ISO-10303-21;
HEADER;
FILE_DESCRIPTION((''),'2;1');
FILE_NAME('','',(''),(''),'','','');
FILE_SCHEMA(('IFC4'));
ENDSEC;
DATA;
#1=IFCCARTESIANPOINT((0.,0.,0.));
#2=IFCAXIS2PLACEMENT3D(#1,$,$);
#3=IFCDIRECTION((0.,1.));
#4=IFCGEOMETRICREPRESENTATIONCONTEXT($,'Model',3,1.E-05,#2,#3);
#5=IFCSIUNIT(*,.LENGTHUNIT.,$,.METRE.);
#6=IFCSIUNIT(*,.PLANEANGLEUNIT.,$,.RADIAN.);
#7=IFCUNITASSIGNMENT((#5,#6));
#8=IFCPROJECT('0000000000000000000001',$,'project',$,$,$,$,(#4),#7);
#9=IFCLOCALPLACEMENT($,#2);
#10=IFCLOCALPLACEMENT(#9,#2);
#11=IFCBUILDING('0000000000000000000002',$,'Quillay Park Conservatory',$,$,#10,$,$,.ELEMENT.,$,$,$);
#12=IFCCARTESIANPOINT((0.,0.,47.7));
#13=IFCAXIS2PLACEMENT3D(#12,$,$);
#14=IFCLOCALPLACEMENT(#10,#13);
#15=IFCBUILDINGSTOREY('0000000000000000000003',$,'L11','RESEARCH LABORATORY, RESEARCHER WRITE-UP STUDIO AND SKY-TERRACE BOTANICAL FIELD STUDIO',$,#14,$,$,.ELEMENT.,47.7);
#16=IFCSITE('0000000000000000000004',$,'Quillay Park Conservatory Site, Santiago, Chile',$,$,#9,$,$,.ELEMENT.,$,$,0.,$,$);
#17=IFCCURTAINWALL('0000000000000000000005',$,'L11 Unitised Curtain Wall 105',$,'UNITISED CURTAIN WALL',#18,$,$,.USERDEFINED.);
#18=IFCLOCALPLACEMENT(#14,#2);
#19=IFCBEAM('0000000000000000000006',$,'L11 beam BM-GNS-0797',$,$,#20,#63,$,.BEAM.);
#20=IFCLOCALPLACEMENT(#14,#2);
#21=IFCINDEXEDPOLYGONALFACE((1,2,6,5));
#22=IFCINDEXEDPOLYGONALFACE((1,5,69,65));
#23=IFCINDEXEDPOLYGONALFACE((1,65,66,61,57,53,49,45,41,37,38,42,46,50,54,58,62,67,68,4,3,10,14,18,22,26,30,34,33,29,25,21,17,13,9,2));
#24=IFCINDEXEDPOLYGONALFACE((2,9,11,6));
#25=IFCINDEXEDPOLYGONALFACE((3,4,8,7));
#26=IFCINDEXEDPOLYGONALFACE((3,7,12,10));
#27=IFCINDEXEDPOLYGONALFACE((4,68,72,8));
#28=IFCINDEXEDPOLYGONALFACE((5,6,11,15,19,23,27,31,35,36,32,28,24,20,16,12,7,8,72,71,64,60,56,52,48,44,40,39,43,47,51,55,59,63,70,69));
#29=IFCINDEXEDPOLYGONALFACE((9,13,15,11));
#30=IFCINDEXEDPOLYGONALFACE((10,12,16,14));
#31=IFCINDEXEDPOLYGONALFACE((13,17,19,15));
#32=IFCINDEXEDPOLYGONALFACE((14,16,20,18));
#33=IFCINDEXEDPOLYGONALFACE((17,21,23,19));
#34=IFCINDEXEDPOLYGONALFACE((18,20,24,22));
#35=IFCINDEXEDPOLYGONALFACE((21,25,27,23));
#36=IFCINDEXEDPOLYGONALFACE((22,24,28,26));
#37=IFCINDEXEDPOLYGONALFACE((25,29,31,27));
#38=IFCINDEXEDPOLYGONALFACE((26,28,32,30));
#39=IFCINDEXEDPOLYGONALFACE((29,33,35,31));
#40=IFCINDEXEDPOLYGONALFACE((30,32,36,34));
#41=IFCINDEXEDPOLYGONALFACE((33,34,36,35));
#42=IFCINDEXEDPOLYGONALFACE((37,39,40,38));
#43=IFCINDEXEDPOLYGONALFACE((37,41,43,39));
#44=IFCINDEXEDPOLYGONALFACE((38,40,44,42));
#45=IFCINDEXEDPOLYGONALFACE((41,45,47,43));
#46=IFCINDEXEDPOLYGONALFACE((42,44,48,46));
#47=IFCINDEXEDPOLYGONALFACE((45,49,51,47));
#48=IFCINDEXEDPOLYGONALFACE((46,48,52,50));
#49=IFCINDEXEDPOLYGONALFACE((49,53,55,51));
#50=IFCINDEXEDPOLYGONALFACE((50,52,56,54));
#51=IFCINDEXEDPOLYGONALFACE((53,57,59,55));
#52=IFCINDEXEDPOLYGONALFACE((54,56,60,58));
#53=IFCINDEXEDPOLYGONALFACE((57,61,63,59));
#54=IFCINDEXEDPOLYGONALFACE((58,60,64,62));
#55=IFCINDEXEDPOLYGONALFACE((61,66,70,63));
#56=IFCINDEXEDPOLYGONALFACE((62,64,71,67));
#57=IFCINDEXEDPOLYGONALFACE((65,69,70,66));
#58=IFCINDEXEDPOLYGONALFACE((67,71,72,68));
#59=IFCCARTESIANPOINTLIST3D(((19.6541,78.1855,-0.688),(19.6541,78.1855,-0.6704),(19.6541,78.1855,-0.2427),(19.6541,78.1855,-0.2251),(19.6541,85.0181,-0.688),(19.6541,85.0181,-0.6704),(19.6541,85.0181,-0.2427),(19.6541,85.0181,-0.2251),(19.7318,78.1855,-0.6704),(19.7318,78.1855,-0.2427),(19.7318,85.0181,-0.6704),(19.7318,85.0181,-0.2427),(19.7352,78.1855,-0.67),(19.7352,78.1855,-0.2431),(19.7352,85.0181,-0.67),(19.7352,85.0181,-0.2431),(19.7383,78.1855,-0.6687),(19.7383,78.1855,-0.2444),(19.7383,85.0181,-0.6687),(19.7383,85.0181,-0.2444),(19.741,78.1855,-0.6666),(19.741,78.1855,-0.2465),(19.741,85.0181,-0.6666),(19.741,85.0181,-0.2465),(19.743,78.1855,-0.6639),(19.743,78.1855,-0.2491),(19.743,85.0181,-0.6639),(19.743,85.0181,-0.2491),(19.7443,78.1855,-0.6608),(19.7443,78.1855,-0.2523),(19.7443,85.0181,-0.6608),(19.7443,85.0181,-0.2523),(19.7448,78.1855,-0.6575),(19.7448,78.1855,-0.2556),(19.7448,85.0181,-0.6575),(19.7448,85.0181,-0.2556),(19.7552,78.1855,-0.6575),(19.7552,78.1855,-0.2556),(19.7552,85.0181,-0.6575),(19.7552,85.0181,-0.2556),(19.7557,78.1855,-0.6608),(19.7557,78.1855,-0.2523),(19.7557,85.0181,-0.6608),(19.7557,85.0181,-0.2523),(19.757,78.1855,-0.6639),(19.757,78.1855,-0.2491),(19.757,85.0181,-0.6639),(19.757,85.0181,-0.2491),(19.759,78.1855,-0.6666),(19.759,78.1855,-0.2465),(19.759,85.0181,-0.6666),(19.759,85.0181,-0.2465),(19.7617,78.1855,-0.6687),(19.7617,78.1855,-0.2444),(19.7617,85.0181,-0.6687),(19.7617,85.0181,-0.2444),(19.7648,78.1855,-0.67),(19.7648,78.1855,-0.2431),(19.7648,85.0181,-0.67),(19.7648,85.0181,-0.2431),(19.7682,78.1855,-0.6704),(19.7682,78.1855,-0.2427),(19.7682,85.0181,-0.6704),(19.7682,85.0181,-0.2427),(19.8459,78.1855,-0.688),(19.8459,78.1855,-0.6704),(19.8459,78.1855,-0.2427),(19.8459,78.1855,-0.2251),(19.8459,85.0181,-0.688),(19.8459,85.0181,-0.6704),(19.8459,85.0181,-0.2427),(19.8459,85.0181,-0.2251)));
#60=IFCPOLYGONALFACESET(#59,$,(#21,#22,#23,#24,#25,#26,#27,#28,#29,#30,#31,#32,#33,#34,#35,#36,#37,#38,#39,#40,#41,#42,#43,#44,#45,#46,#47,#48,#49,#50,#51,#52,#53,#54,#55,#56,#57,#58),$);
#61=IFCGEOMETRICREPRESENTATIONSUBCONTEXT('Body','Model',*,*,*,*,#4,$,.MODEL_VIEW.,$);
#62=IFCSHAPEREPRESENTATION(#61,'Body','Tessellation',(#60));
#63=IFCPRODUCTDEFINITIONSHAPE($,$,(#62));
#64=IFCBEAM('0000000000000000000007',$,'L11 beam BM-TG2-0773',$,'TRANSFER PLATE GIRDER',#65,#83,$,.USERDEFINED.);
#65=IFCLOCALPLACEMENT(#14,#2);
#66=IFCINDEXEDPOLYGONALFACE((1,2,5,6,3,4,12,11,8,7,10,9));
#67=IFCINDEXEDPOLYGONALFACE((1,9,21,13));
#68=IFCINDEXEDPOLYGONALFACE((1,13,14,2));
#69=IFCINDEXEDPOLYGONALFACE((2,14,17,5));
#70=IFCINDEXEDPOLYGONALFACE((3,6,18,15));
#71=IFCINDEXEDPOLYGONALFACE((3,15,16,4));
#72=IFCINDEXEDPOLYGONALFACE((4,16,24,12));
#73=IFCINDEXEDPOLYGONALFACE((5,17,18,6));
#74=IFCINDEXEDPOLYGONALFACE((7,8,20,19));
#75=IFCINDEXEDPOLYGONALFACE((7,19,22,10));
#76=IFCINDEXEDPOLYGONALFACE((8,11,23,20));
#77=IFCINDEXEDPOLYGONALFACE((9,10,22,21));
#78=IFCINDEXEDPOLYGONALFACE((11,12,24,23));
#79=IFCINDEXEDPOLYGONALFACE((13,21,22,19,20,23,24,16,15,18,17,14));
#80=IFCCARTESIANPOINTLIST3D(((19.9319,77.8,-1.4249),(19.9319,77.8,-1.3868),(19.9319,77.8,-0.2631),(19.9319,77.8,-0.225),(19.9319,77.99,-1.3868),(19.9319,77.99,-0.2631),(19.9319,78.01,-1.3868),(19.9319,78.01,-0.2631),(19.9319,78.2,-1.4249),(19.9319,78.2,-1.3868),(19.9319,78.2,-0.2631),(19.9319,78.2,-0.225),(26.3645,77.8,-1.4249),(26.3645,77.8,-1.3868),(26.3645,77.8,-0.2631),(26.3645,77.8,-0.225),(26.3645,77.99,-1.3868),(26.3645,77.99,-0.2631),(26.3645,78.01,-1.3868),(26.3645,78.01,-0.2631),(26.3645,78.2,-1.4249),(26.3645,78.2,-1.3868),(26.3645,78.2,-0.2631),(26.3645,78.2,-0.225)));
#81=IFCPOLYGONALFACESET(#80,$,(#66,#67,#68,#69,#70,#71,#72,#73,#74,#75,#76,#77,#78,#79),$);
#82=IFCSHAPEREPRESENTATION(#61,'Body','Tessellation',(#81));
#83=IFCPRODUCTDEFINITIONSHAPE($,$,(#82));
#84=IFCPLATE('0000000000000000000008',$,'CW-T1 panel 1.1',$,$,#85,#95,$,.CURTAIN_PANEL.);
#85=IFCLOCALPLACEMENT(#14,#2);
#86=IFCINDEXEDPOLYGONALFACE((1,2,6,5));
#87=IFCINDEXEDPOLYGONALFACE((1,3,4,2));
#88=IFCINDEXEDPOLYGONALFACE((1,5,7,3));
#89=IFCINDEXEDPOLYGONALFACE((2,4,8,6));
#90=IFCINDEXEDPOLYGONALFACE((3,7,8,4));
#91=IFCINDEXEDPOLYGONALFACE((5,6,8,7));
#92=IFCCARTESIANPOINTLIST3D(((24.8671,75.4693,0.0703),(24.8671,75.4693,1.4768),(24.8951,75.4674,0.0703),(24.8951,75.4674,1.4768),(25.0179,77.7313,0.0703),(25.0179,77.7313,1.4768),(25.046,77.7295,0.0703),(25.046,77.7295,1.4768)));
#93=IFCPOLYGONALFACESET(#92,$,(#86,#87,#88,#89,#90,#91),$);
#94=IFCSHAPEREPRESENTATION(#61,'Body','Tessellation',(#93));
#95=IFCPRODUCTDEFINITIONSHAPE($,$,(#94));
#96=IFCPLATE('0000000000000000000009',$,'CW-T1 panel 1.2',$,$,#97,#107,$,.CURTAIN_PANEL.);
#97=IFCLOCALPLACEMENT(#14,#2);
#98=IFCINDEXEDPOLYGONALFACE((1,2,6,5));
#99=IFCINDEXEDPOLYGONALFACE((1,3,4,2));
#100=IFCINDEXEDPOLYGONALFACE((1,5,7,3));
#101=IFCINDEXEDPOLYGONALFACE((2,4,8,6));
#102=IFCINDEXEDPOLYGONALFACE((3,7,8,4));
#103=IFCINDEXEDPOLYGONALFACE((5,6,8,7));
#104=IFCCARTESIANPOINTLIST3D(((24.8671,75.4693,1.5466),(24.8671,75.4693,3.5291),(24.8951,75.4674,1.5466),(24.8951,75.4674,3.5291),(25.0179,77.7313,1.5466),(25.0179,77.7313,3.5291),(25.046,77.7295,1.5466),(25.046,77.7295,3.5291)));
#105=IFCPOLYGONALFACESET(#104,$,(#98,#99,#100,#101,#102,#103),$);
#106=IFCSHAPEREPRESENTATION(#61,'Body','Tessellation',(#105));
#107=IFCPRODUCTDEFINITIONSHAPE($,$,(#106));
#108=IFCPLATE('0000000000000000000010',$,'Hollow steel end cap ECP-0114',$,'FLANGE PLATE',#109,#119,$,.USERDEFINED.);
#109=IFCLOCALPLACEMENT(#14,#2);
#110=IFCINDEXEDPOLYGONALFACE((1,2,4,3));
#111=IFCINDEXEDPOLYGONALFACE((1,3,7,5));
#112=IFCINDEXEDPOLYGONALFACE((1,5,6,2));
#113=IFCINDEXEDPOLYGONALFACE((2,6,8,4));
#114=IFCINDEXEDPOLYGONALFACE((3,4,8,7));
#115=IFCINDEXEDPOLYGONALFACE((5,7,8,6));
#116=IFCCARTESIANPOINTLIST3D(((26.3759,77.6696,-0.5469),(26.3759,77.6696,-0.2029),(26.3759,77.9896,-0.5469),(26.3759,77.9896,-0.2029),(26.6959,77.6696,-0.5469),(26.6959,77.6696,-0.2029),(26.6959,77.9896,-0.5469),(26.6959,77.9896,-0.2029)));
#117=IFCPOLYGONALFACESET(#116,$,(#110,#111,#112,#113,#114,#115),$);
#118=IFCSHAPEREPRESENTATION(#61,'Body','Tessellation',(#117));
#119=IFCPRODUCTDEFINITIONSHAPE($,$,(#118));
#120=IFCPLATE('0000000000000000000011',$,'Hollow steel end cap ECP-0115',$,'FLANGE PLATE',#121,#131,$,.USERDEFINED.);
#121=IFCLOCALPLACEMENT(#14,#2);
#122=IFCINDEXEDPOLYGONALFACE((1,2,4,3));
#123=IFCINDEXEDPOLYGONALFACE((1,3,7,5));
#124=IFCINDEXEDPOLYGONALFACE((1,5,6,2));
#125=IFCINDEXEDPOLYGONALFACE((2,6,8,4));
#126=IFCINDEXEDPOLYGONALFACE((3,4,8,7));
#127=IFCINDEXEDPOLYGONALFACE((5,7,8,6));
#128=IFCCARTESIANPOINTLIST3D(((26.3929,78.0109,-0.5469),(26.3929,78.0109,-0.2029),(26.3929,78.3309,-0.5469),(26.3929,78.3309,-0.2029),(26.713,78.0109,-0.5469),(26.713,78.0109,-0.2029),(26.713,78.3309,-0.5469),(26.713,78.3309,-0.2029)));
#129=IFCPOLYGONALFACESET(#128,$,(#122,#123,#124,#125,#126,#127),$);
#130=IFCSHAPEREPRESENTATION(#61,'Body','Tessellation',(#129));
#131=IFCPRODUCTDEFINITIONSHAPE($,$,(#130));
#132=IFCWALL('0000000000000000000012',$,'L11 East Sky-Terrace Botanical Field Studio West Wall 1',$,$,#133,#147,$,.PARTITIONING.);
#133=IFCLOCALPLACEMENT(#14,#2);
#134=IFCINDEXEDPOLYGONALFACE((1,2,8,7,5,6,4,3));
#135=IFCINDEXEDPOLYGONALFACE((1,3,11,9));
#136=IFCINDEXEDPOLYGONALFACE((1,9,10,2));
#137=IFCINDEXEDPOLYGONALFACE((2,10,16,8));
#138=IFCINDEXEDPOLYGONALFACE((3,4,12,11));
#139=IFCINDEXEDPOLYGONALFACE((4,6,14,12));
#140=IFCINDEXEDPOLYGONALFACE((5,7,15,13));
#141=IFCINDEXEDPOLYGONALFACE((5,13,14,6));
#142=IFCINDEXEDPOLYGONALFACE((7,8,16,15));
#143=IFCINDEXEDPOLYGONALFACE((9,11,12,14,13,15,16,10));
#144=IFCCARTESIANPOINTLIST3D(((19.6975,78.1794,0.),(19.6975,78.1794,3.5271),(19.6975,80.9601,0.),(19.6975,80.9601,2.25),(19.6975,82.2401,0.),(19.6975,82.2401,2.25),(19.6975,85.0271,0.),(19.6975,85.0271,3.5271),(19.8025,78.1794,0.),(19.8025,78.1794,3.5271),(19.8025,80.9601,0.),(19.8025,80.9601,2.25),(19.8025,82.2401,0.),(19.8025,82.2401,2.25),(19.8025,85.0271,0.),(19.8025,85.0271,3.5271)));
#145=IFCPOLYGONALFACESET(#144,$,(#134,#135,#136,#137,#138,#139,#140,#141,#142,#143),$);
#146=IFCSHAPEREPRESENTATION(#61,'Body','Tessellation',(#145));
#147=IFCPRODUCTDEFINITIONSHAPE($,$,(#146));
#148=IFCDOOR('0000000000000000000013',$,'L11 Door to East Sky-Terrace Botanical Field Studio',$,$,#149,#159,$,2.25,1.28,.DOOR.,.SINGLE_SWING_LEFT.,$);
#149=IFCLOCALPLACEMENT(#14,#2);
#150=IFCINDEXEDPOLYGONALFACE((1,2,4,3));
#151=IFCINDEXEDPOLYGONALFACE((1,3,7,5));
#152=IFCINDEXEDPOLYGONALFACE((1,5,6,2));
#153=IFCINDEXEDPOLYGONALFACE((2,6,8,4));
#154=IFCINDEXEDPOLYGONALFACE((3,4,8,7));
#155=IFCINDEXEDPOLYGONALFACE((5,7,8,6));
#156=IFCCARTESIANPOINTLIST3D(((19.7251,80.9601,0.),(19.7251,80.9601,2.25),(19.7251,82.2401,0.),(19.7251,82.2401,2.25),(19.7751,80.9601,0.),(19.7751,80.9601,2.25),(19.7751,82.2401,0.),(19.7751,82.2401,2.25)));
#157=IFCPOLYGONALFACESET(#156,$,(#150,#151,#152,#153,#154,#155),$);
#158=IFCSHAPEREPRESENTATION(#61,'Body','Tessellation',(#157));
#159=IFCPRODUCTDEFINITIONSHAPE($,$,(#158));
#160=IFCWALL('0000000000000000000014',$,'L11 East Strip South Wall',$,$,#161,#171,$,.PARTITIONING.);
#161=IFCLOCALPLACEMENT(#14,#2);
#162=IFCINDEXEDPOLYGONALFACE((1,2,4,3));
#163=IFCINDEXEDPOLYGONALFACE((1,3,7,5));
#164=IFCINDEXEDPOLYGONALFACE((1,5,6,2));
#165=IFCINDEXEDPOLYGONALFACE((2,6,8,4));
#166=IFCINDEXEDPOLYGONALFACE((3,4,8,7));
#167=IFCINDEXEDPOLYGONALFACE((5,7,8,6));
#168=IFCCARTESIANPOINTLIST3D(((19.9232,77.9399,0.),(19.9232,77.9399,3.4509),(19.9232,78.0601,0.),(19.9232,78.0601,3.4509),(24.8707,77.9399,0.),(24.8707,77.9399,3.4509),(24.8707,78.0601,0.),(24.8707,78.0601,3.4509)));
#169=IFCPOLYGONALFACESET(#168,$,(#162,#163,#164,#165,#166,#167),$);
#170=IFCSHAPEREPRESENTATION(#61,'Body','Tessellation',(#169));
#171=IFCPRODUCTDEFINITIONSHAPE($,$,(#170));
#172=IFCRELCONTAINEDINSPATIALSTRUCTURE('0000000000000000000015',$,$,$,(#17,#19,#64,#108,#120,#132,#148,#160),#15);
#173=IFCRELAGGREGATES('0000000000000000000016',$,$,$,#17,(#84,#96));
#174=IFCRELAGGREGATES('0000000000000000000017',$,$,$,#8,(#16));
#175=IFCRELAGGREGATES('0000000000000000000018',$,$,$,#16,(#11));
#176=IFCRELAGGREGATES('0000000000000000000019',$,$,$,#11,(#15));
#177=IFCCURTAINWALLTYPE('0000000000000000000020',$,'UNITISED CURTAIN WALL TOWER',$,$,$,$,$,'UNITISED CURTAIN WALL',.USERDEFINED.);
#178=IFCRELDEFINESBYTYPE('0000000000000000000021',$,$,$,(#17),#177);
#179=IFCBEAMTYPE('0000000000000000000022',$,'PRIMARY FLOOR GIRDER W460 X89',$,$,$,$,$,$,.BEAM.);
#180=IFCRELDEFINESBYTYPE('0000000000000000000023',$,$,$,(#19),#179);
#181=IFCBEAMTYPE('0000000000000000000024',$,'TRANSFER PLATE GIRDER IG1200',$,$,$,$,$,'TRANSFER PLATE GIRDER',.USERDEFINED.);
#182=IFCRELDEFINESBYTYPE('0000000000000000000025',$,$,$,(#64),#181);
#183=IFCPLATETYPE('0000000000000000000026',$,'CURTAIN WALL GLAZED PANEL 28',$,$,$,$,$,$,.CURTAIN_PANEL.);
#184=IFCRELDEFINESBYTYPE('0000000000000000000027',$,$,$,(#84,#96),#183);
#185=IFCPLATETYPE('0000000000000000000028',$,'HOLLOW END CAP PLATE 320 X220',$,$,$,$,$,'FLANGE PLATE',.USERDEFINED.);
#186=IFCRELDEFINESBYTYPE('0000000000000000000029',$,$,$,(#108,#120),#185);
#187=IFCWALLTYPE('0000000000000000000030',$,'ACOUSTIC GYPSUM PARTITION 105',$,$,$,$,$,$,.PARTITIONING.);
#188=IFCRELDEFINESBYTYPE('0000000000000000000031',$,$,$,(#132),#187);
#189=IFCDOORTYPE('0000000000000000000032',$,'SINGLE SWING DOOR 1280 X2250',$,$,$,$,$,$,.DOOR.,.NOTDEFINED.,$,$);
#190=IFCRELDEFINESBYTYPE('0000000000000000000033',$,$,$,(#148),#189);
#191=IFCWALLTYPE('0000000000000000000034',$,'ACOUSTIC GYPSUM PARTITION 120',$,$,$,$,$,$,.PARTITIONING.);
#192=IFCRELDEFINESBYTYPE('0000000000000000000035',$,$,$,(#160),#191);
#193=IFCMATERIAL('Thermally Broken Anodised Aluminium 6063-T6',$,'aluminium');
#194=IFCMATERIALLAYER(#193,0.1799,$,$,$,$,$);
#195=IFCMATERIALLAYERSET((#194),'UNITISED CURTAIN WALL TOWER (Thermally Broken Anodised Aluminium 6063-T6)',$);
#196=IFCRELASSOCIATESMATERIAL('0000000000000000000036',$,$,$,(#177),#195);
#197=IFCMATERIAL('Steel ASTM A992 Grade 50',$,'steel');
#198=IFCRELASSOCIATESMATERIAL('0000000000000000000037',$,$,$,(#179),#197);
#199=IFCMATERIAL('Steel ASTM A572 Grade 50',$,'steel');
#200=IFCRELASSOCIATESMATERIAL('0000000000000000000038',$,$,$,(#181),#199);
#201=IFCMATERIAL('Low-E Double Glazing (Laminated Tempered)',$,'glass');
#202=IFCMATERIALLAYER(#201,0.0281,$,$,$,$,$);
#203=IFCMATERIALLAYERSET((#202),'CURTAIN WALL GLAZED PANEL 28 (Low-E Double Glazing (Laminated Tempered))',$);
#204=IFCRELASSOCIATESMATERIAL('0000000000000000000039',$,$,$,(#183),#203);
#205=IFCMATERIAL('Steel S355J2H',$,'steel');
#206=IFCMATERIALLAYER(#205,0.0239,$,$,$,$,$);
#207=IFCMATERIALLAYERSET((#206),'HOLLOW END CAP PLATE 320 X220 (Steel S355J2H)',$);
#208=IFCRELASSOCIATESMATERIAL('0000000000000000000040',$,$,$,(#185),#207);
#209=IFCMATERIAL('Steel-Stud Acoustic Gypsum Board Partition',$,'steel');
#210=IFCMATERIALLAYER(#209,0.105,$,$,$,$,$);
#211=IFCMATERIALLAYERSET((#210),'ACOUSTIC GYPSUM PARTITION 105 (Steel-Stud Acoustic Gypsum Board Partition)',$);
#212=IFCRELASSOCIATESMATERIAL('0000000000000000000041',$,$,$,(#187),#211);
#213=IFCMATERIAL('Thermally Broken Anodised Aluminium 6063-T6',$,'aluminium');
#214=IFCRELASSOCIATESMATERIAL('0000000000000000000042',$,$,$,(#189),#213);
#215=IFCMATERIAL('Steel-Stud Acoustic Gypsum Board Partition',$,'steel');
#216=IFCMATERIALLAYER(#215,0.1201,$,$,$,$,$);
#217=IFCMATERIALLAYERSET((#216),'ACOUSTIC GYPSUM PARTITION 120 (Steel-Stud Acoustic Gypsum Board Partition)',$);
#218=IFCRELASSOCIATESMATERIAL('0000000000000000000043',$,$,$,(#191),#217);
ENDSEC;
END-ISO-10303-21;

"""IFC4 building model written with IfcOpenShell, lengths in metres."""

from ifc_helpers import new_model, si_unit, direction, frame, frame_2d, origin, origin_2d, place, context, subcontext, project, spatial, rectangle, i_section, extrude, material, layer, layer_set, material_profile, profile_set, type_object, element, fill, aggregate, save


model = new_model("IFC4")

# Units and contexts
model_context = context("Model", 3, precision=1e-05, world=origin(), true_north=direction((0.0, 1.0)))
body_context = subcontext(model_context, "Body", "Model", "MODEL_VIEW")
ifc_project = project(units=[si_unit("LENGTHUNIT", "METRE"), si_unit("PLANEANGLEUNIT", "RADIAN")], contexts=[model_context])

# Site, building, storey
site_placement = place(None, origin())
site = spatial("IfcSite", under=ifc_project, at=site_placement, Name="Quillay Park Conservatory Site, Santiago, Chile", CompositionType="ELEMENT", RefElevation=0.0)
building_placement = place(site_placement, origin())
building = spatial("IfcBuilding", under=site, at=building_placement, Name="Quillay Park Conservatory", CompositionType="ELEMENT")
storey_placement = place(building_placement, frame((0.0, 0.0, 47.7)))
storey = spatial("IfcBuildingStorey", under=building, at=storey_placement, Name="L11", Description="RESEARCH LABORATORY, RESEARCHER WRITE-UP STUDIO AND SKY-TERRACE BOTANICAL FIELD STUDIO", CompositionType="ELEMENT", Elevation=47.7)

# Curtain wall
ifc_material_1 = material(Name="Thermally Broken Anodised Aluminium 6063-T6", Category="aluminium")
ifc_layer_1 = layer(ifc_material_1, 0.1799)
ifc_layer_set_1 = layer_set([ifc_layer_1], Name="UNITISED CURTAIN WALL TOWER (Thermally Broken Anodised Aluminium 6063-T6)")
curtain_wall_type = type_object("IfcCurtainWallType", Name="UNITISED CURTAIN WALL TOWER", ElementType="UNITISED CURTAIN WALL", PredefinedType="USERDEFINED", material=ifc_layer_set_1)
curtain_wall_placement = place(storey_placement, origin())
curtain_wall = element("IfcCurtainWall", 1, at=curtain_wall_placement, inside=storey, type_object=curtain_wall_type, Name="L11 Unitised Curtain Wall 105", ObjectType="UNITISED CURTAIN WALL", PredefinedType="USERDEFINED")

# Beams
ifc_material_2 = material(Name="Steel ASTM A992 Grade 50", Category="steel")
ifc_material_profile_1 = material_profile(ifc_material_2, i_section(OverallWidth=0.1919, OverallDepth=0.4629, WebThickness=0.0105, FlangeThickness=0.0176, FilletRadius=0.0129, at=origin_2d()), Name="W460x89")
ifc_profile_set_1 = profile_set([ifc_material_profile_1], Name="Steel ASTM A992 Grade 50")
beam_type_1 = type_object("IfcBeamType", Name="PRIMARY FLOOR GIRDER W460 X89", PredefinedType="BEAM", material=ifc_profile_set_1)
beam_1_placement = place(storey_placement, frame((19.75, 78.1855, -0.4565), z_axis=(0.0, 1.0, 0.0), x_axis=(-1.0, 0.0, 0.0)))
element("IfcBeam", 2, at=beam_1_placement, inside=storey, type_object=beam_type_1, Name="L11 beam BM-GNS-0797", PredefinedType="BEAM", context=body_context, shape_type="SweptSolid", body=[
    extrude(i_section(OverallWidth=0.1919, OverallDepth=0.4629, WebThickness=0.0105, FlangeThickness=0.0176, FilletRadius=0.0129, at=origin_2d()), origin(), (0.0, 0.0, 1.0), 6.8325),
])
ifc_material_3 = material(Name="Steel ASTM A572 Grade 50", Category="steel")
ifc_material_profile_2 = material_profile(ifc_material_3, i_section(OverallWidth=0.3999, OverallDepth=1.2, WebThickness=0.02, FlangeThickness=0.0381, at=origin_2d()), Name="IG1200x400")
ifc_profile_set_2 = profile_set([ifc_material_profile_2], Name="Steel ASTM A572 Grade 50")
beam_type_2 = type_object("IfcBeamType", Name="TRANSFER PLATE GIRDER IG1200", ElementType="TRANSFER PLATE GIRDER", PredefinedType="USERDEFINED", material=ifc_profile_set_2)
beam_2_placement = place(storey_placement, frame((19.9319, 78.0, -0.825), z_axis=(1.0, 0.0, 0.0), x_axis=(0.0, 1.0, 0.0)))
element("IfcBeam", 3, at=beam_2_placement, inside=storey, type_object=beam_type_2, Name="L11 beam BM-TG2-0773", ObjectType="TRANSFER PLATE GIRDER", PredefinedType="USERDEFINED", context=body_context, shape_type="SweptSolid", body=[
    extrude(i_section(OverallWidth=0.3999, OverallDepth=1.2, WebThickness=0.02, FlangeThickness=0.0381, at=origin_2d()), origin(), (0.0, 0.0, 1.0), 6.4326),
])

# Plates
ifc_material_4 = material(Name="Low-E Double Glazing (Laminated Tempered)", Category="glass")
ifc_layer_2 = layer(ifc_material_4, 0.0281)
ifc_layer_set_2 = layer_set([ifc_layer_2], Name="CURTAIN WALL GLAZED PANEL 28 (Low-E Double Glazing (Laminated Tempered))")
plate_type_1 = type_object("IfcPlateType", Name="CURTAIN WALL GLAZED PANEL 28", PredefinedType="CURTAIN_PANEL", material=ifc_layer_set_2)
plate_1_placement = place(storey_placement, frame((24.9565, 76.5994, 0.0703), z_axis=(0.0, 0.0, 1.0), x_axis=(-0.066521, -0.997785, 0.0)))
plate_1 = element("IfcPlate", 4, at=plate_1_placement, type_object=plate_type_1, Name="CW-T1 panel 1.1", PredefinedType="CURTAIN_PANEL", context=body_context, shape_type="SweptSolid", body=[
    extrude(rectangle(XDim=2.2671, YDim=0.0281, at=origin_2d()), origin(), (0.0, 0.0, 1.0), 1.4065),
])
plate_2_placement = place(storey_placement, frame((24.9565, 76.5994, 1.5466), z_axis=(0.0, 0.0, 1.0), x_axis=(-0.066521, -0.997785, 0.0)))
plate_2 = element("IfcPlate", 5, at=plate_2_placement, type_object=plate_type_1, Name="CW-T1 panel 1.2", PredefinedType="CURTAIN_PANEL", context=body_context, shape_type="SweptSolid", body=[
    extrude(rectangle(XDim=2.2671, YDim=0.0281, at=origin_2d()), origin(), (0.0, 0.0, 1.0), 1.9824),
])
aggregate(curtain_wall, [plate_1, plate_2])

# Plates
ifc_material_5 = material(Name="Steel S355J2H", Category="steel")
ifc_layer_3 = layer(ifc_material_5, 0.0239)
ifc_layer_set_3 = layer_set([ifc_layer_3], Name="HOLLOW END CAP PLATE 320 X220 (Steel S355J2H)")
plate_type_2 = type_object("IfcPlateType", Name="HOLLOW END CAP PLATE 320 X220", ElementType="FLANGE PLATE", PredefinedType="USERDEFINED", material=ifc_layer_set_3)
for number, where, z_axis, x_axis, name in (
    (6, (26.5359, 77.8296, -0.5469), (0.0, 0.0, 1.0), (1.0, 0.0, 0.0), "Hollow steel end cap ECP-0114"),
    (7, (26.553, 78.1709, -0.5469), (0.0, 0.0, 1.0), (1.0, 0.0, 0.0), "Hollow steel end cap ECP-0115"),
):
    element("IfcPlate", number, at=place(storey_placement, frame(where, z_axis=z_axis, x_axis=x_axis)), inside=storey, type_object=plate_type_2, Name=name, ObjectType="FLANGE PLATE", PredefinedType="USERDEFINED", context=body_context, shape_type="SweptSolid", body=[
        extrude(rectangle(XDim=0.3201, YDim=0.3201, at=origin_2d()), origin(), (0.0, 0.0, 1.0), 0.344),
    ])

# Wall, opening, door
ifc_material_6 = material(Name="Steel-Stud Acoustic Gypsum Board Partition", Category="steel")
ifc_layer_4 = layer(ifc_material_6, 0.105)
ifc_layer_set_4 = layer_set([ifc_layer_4], Name="ACOUSTIC GYPSUM PARTITION 105 (Steel-Stud Acoustic Gypsum Board Partition)")
wall_type_1 = type_object("IfcWallType", Name="ACOUSTIC GYPSUM PARTITION 105", PredefinedType="PARTITIONING", material=ifc_layer_set_4)
wall_1_placement = place(storey_placement, frame((19.75, 78.1794, 0.0), z_axis=(0.0, 0.0, 1.0), x_axis=(0.0, 1.0, 0.0)))
wall_1 = element("IfcWall", 8, at=wall_1_placement, inside=storey, type_object=wall_type_1, Name="L11 East Sky-Terrace Botanical Field Studio West Wall 1", PredefinedType="PARTITIONING", context=body_context, shape_type="SweptSolid", body=[
    extrude(rectangle(XDim=6.8477, YDim=0.105, at=frame_2d((3.4238, 0.0))), origin(), (0.0, 0.0, 1.0), 3.5271),
])
opening_placement = place(wall_1_placement, frame((2.7805, 0.0, 0.0)))
opening = element("IfcOpeningElement", 9, at=opening_placement, cuts=wall_1, PredefinedType="OPENING", context=body_context, shape_type="SweptSolid", body=[
    extrude(rectangle(XDim=1.28, YDim=2.25, at=frame_2d((0.6401, 1.125))), frame((0.0, 0.0525, 0.0), z_axis=(0.0, -1.0, 0.0), x_axis=(1.0, 0.0, 0.0)), (0.0, 0.0, 1.0), 0.105),
])
ifc_material_7 = material(Name="Thermally Broken Anodised Aluminium 6063-T6", Category="aluminium")
door_type = type_object("IfcDoorType", Name="SINGLE SWING DOOR 1280 X2250", OperationType="NOTDEFINED", PredefinedType="DOOR", material=ifc_material_7)
door_placement = place(opening_placement, origin())
door = element("IfcDoor", 10, at=door_placement, inside=storey, type_object=door_type, Name="L11 Door to East Sky-Terrace Botanical Field Studio", OperationType="SINGLE_SWING_LEFT", OverallHeight=2.25, OverallWidth=1.28, PredefinedType="DOOR", context=body_context, shape_type="SweptSolid", body=[
    extrude(rectangle(XDim=1.28, YDim=2.25, at=frame_2d((0.6401, 1.125))), frame((0.0, 0.0249, 0.0), z_axis=(0.0, -1.0, 0.0), x_axis=(1.0, 0.0, 0.0)), (0.0, 0.0, 1.0), 0.05),
])
fill(opening, door)

# Wall
ifc_material_8 = material(Name="Steel-Stud Acoustic Gypsum Board Partition", Category="steel")
ifc_layer_5 = layer(ifc_material_8, 0.1201)
ifc_layer_set_5 = layer_set([ifc_layer_5], Name="ACOUSTIC GYPSUM PARTITION 120 (Steel-Stud Acoustic Gypsum Board Partition)")
wall_type_2 = type_object("IfcWallType", Name="ACOUSTIC GYPSUM PARTITION 120", PredefinedType="PARTITIONING", material=ifc_layer_set_5)
wall_2_placement = place(storey_placement, frame((24.8706, 78.0, 0.0), z_axis=(0.0, 0.0, 1.0), x_axis=(-1.0, 0.0, 0.0)))
element("IfcWall", 11, at=wall_2_placement, inside=storey, type_object=wall_type_2, Name="L11 East Strip South Wall", PredefinedType="PARTITIONING", context=body_context, shape_type="SweptSolid", body=[
    extrude(rectangle(XDim=4.9475, YDim=0.1201, at=frame_2d((2.4736, 0.0))), origin(), (0.0, 0.0, 1.0), 3.4509),
])

save(model, "model.ifc")
